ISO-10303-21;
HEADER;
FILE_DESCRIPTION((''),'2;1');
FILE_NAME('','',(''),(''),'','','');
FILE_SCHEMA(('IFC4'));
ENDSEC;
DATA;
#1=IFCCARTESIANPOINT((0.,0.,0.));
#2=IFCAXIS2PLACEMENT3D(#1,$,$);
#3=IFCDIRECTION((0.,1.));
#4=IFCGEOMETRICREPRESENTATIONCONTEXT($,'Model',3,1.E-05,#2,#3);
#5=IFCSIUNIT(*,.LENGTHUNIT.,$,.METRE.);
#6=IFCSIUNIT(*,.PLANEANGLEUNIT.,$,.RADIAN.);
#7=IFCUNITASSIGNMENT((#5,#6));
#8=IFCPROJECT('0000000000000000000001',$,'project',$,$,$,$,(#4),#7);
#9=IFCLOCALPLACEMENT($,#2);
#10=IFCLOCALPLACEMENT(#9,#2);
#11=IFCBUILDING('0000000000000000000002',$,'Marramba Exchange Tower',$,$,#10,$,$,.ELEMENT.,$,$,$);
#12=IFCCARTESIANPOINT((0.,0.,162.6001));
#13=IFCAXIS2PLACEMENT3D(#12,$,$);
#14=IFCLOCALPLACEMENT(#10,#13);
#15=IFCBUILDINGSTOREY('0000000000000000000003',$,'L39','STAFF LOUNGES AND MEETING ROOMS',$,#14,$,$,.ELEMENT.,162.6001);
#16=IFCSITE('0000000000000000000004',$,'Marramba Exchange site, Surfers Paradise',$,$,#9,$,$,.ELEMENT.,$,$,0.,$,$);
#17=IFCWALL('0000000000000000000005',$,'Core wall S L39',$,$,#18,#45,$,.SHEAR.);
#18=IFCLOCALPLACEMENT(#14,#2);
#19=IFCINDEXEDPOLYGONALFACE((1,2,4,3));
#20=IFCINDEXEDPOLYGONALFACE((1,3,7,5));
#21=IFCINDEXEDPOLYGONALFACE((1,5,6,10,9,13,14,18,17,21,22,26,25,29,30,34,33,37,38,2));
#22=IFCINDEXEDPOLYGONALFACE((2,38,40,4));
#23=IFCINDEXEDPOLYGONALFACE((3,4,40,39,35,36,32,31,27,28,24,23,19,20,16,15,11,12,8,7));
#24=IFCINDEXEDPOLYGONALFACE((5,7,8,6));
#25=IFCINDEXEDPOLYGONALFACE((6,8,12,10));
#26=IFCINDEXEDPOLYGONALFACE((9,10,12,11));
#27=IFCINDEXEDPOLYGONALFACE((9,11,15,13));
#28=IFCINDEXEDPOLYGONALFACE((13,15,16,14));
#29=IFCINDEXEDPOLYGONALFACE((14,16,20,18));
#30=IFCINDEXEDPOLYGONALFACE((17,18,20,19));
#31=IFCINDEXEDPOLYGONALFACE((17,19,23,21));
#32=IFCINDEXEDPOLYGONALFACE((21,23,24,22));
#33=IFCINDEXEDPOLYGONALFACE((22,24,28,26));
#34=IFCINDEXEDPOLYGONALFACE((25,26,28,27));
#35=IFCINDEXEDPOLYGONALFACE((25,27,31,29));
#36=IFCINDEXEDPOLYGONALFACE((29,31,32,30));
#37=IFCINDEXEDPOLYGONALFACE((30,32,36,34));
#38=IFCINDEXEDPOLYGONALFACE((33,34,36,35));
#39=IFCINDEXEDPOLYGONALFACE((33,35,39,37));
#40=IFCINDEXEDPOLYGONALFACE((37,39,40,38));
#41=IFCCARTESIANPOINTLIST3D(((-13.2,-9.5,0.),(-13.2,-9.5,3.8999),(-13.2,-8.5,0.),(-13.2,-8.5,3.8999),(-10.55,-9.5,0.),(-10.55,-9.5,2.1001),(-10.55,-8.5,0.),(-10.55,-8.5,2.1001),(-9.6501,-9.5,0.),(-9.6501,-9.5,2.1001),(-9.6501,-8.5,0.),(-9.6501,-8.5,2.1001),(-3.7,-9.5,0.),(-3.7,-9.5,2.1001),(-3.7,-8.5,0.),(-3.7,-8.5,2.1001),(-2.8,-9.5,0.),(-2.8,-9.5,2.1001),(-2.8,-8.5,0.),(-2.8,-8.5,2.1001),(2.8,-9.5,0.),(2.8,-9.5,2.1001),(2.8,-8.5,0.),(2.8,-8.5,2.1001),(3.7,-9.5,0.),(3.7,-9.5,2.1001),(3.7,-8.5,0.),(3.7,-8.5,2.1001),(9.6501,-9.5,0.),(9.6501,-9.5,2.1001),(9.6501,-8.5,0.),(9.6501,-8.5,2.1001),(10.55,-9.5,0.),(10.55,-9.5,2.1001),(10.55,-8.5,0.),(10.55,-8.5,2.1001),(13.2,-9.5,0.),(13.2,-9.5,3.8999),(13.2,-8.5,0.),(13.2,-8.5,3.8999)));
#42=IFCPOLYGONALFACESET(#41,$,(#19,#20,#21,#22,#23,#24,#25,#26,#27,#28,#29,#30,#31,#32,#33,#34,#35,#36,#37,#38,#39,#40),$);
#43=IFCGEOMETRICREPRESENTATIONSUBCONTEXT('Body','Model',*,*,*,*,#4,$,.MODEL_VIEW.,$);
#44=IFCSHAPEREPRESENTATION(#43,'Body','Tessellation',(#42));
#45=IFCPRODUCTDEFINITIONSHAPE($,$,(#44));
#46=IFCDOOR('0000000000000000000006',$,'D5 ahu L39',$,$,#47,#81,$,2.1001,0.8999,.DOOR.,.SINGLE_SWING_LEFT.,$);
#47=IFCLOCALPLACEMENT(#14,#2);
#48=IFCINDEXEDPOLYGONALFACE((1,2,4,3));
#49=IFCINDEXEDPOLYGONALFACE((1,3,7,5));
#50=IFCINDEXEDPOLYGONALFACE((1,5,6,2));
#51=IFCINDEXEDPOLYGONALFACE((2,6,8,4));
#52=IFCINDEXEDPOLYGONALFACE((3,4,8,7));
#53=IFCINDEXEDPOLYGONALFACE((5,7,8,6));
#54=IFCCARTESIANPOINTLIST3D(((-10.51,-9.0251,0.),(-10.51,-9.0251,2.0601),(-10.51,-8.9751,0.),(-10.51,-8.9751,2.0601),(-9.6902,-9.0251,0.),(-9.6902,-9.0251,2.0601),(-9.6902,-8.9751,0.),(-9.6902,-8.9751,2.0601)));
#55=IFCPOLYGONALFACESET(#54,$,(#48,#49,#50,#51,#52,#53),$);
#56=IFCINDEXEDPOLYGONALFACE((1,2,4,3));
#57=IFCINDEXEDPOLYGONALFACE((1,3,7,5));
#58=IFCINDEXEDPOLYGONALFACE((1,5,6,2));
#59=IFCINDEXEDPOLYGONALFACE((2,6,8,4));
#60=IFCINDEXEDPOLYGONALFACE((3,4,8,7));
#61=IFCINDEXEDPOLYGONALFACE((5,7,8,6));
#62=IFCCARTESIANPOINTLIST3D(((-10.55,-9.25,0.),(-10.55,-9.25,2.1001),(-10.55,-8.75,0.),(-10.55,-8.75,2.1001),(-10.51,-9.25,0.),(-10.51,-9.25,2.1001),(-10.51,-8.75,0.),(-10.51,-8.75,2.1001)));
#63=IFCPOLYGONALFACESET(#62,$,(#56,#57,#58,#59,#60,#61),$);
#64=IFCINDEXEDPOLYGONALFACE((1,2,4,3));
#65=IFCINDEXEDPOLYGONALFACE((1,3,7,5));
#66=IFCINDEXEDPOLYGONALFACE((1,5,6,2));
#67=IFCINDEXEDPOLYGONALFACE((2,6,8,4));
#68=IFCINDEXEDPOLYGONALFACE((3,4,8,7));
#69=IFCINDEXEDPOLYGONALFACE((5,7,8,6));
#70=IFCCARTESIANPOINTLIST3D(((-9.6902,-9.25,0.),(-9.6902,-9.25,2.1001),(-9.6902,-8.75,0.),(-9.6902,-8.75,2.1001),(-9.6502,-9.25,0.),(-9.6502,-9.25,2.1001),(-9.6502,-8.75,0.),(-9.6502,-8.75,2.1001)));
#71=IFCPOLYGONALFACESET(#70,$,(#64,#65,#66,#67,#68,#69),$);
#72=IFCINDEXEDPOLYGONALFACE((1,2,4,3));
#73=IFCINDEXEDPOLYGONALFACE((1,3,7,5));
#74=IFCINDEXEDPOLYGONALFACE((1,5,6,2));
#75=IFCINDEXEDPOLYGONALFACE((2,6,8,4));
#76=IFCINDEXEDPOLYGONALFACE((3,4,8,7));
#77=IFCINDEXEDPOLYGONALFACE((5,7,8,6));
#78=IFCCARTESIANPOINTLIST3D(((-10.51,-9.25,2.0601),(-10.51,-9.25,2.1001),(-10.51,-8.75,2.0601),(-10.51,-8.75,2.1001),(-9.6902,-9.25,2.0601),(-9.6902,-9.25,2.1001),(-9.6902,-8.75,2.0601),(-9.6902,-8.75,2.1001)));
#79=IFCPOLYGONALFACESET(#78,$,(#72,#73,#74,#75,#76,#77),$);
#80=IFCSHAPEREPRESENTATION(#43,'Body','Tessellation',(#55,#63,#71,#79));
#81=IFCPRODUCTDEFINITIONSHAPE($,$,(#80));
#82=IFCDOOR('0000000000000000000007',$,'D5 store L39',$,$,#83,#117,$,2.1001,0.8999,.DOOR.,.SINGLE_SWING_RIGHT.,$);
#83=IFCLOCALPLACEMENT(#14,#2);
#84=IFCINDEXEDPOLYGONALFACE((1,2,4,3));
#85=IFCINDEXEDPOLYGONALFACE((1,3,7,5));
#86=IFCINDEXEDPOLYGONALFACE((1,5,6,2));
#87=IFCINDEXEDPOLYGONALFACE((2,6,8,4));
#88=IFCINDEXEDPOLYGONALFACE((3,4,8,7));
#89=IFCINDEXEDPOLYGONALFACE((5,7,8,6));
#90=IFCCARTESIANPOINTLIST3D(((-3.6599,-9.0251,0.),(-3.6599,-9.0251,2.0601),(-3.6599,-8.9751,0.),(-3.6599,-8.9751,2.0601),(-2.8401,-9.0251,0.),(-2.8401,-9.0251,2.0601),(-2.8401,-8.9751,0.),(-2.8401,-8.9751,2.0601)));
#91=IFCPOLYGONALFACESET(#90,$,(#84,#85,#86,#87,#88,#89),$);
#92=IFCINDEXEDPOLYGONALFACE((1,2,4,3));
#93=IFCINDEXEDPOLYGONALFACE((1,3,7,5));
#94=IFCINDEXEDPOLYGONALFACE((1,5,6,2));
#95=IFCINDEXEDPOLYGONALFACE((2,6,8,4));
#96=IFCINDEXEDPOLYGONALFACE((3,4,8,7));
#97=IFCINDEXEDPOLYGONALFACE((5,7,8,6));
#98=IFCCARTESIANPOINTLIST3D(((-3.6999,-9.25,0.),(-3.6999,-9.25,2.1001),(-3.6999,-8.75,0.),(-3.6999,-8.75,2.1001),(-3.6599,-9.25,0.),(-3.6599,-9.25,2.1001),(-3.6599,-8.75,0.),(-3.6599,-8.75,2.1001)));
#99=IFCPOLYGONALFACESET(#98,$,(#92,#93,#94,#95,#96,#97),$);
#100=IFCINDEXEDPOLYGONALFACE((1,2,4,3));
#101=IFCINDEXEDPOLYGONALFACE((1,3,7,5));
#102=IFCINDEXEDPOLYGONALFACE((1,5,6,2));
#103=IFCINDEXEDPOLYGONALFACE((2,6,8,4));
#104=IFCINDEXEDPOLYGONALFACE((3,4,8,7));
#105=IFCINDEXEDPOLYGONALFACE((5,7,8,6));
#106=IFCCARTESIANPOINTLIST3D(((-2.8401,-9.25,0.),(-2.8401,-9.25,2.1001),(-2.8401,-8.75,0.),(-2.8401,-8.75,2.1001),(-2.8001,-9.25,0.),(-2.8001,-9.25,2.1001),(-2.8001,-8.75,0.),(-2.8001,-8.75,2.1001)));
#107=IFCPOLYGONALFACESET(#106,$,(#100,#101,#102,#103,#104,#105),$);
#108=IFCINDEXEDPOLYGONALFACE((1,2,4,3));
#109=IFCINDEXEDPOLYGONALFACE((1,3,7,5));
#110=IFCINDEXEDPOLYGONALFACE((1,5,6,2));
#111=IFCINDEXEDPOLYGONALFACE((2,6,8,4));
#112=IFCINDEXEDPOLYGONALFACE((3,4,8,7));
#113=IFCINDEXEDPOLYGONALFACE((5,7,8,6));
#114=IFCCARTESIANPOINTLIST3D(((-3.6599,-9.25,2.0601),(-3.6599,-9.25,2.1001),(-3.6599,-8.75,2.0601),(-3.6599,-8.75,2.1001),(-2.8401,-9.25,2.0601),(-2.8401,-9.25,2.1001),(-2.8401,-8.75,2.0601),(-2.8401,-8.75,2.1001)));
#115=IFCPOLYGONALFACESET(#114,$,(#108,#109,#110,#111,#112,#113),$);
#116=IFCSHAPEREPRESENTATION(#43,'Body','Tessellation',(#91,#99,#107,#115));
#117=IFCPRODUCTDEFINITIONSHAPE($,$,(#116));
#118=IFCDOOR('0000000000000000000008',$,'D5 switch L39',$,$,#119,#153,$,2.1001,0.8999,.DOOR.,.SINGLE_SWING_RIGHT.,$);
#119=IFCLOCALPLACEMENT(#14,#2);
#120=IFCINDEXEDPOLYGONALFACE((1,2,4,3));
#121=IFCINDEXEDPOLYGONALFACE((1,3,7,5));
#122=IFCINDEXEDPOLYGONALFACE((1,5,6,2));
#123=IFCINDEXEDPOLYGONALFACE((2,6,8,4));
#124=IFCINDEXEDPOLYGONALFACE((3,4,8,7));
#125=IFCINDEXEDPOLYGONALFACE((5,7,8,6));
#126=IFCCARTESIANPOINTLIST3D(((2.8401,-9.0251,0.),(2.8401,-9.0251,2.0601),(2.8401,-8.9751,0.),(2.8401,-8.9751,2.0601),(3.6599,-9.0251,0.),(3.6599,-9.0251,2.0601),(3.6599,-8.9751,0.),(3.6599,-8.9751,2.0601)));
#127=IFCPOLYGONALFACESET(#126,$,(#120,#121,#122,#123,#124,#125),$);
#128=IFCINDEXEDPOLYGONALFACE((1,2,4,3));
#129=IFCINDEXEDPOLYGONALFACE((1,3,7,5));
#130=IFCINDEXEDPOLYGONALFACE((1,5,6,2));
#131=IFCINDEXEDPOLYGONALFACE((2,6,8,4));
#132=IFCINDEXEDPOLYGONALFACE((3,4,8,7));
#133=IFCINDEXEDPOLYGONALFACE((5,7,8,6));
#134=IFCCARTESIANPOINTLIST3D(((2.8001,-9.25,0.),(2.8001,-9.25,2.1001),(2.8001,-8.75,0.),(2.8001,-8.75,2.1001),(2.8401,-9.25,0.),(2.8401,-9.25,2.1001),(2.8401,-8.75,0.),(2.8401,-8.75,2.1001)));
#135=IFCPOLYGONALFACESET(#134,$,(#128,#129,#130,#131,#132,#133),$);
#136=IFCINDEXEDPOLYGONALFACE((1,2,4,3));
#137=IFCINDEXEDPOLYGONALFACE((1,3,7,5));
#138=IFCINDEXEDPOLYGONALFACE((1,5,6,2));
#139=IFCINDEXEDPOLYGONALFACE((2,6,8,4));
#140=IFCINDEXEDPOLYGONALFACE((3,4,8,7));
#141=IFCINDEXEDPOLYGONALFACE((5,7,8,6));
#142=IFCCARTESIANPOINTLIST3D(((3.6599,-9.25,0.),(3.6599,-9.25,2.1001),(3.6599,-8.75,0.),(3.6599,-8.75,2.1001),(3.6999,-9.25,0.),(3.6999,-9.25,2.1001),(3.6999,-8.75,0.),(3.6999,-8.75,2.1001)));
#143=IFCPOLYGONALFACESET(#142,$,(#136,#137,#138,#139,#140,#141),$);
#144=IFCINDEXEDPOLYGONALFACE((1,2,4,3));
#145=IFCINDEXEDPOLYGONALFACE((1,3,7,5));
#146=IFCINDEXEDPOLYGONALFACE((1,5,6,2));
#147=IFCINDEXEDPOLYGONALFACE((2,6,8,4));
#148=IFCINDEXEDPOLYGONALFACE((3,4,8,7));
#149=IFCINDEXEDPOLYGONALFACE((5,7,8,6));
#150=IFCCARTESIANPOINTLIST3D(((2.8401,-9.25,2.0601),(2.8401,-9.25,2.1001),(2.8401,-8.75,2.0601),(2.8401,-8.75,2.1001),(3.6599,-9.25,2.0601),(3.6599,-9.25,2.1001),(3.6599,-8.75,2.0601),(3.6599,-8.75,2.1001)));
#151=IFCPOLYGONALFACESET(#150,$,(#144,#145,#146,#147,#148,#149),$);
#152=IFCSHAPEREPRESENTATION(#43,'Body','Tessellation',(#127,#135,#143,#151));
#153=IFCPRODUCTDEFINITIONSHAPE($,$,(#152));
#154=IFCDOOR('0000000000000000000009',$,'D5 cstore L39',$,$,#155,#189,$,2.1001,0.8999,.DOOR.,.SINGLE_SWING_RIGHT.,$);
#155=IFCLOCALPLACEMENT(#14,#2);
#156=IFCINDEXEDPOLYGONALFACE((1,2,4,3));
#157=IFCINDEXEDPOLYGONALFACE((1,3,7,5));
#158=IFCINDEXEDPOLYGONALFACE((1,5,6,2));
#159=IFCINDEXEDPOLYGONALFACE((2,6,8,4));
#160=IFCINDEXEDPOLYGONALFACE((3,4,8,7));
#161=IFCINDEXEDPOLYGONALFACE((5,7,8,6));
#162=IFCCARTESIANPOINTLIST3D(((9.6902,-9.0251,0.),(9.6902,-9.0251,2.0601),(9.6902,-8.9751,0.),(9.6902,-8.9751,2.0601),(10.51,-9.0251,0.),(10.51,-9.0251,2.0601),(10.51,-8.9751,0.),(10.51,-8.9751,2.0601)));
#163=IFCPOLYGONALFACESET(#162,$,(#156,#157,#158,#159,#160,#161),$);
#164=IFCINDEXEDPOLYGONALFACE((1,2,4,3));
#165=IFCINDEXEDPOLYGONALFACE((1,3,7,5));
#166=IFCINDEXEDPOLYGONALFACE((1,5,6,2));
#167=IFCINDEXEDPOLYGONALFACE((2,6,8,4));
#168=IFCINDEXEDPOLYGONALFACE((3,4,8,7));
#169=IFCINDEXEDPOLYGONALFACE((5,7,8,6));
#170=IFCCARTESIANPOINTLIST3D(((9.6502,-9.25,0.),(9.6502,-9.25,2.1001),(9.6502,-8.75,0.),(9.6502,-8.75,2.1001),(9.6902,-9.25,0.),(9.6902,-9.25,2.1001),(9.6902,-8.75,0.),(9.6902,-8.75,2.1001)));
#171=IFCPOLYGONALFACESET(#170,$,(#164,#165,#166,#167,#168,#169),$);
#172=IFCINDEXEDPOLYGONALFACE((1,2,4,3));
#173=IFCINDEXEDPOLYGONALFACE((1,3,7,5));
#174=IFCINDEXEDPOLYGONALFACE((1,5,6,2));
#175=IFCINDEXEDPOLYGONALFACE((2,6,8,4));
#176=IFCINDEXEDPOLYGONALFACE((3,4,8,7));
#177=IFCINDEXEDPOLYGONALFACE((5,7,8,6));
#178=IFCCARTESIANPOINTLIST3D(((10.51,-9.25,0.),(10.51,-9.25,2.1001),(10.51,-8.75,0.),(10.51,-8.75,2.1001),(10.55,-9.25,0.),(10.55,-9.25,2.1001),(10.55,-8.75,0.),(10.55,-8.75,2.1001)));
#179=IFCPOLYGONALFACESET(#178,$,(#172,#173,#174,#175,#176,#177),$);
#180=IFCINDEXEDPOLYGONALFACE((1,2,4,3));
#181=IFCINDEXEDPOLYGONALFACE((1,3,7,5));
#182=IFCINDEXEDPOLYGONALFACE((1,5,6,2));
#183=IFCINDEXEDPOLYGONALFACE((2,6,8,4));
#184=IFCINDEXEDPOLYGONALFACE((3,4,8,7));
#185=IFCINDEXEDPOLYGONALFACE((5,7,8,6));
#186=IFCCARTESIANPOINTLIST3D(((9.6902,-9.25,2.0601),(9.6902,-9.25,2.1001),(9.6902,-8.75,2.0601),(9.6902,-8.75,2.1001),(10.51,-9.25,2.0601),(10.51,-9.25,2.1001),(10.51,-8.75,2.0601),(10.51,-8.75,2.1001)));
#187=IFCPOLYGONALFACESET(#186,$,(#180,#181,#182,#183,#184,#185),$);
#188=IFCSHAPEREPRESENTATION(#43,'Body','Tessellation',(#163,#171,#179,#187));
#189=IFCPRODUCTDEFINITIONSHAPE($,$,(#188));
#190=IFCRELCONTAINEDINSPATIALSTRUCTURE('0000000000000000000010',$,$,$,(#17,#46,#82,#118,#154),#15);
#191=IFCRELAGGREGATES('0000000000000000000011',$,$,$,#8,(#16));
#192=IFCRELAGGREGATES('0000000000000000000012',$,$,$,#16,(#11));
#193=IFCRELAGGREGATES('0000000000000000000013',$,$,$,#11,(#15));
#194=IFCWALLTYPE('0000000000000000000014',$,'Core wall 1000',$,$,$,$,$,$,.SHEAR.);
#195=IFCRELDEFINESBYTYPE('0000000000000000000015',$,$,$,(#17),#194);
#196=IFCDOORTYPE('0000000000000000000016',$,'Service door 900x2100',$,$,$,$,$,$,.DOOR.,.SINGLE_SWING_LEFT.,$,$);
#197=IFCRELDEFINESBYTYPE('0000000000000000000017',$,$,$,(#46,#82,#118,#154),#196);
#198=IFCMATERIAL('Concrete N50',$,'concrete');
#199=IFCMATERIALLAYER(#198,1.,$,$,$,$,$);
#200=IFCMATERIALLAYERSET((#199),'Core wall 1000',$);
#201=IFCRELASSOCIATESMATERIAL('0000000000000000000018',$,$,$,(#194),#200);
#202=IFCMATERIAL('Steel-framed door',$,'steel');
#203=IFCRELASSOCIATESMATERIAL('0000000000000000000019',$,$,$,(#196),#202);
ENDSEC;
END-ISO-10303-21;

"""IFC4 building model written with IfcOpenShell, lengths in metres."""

from ifc_helpers import new_model, si_unit, direction, frame, frame_2d, origin, place, context, subcontext, project, spatial, rectangle, extrude, material, layer, layer_set, type_object, element, fill, save


model = new_model("IFC4")

# Units and contexts
model_context = context("Model", 3, precision=1e-05, world=origin(), true_north=direction((0.0, 1.0)))
body_context = subcontext(model_context, "Body", "Model", "MODEL_VIEW")
ifc_project = project(units=[si_unit("LENGTHUNIT", "METRE"), si_unit("PLANEANGLEUNIT", "RADIAN")], contexts=[model_context])

# Site, building, storey
site_placement = place(None, origin())
site = spatial("IfcSite", under=ifc_project, at=site_placement, Name="Marramba Exchange site, Surfers Paradise", CompositionType="ELEMENT", RefElevation=0.0)
building_placement = place(site_placement, origin())
building = spatial("IfcBuilding", under=site, at=building_placement, Name="Marramba Exchange Tower", CompositionType="ELEMENT")
storey_placement = place(building_placement, frame((0.0, 0.0, 162.6001)))
storey = spatial("IfcBuildingStorey", under=building, at=storey_placement, Name="L39", Description="STAFF LOUNGES AND MEETING ROOMS", CompositionType="ELEMENT", Elevation=162.6001)

# Wall, openings, doors
ifc_material_1 = material(Name="Concrete N50", Category="concrete")
ifc_layer_1 = layer(ifc_material_1, 1.0)
ifc_layer_set_1 = layer_set([ifc_layer_1], Name="Core wall 1000")
wall_type_1 = type_object("IfcWallType", Name="Core wall 1000", PredefinedType="SHEAR", material=ifc_layer_set_1)
wall_1_placement = place(storey_placement, frame((-13.2, -9.0, 0.0), z_axis=(0.0, 0.0, 1.0), x_axis=(1.0, 0.0, 0.0)))
wall_1 = element("IfcWall", 1, at=wall_1_placement, inside=storey, type_object=wall_type_1, Name="Core wall S L39", PredefinedType="SHEAR", context=body_context, shape_type="SweptSolid", body=[
    extrude(rectangle(XDim=26.3999, YDim=1.0, at=frame_2d((13.2, 0.0))), origin(), (0.0, 0.0, 1.0), 3.8999),
])
opening_1_placement = place(wall_1_placement, frame((2.6499, 0.0, 0.0)))
opening_1 = element("IfcOpeningElement", 2, at=opening_1_placement, cuts=wall_1, PredefinedType="OPENING", context=body_context, shape_type="SweptSolid", body=[
    extrude(rectangle(XDim=0.8999, YDim=2.1001, at=frame_2d((0.45, 1.05))), frame((0.0, 0.51, 0.0), z_axis=(0.0, -1.0, 0.0), x_axis=(1.0, 0.0, 0.0)), (0.0, 0.0, 1.0), 1.02),
])
opening_2_placement = place(wall_1_placement, frame((9.5, 0.0, 0.0)))
opening_2 = element("IfcOpeningElement", 3, at=opening_2_placement, cuts=wall_1, PredefinedType="OPENING", context=body_context, shape_type="SweptSolid", body=[
    extrude(rectangle(XDim=0.8999, YDim=2.1001, at=frame_2d((0.45, 1.05))), frame((0.0, 0.51, 0.0), z_axis=(0.0, -1.0, 0.0), x_axis=(1.0, 0.0, 0.0)), (0.0, 0.0, 1.0), 1.02),
])
opening_3_placement = place(wall_1_placement, frame((16.0, 0.0, 0.0)))
opening_3 = element("IfcOpeningElement", 4, at=opening_3_placement, cuts=wall_1, PredefinedType="OPENING", context=body_context, shape_type="SweptSolid", body=[
    extrude(rectangle(XDim=0.8999, YDim=2.1001, at=frame_2d((0.45, 1.05))), frame((0.0, 0.51, 0.0), z_axis=(0.0, -1.0, 0.0), x_axis=(1.0, 0.0, 0.0)), (0.0, 0.0, 1.0), 1.02),
])
opening_4_placement = place(wall_1_placement, frame((22.8501, 0.0, 0.0)))
opening_4 = element("IfcOpeningElement", 5, at=opening_4_placement, cuts=wall_1, PredefinedType="OPENING", context=body_context, shape_type="SweptSolid", body=[
    extrude(rectangle(XDim=0.8999, YDim=2.1001, at=frame_2d((0.45, 1.05))), frame((0.0, 0.51, 0.0), z_axis=(0.0, -1.0, 0.0), x_axis=(1.0, 0.0, 0.0)), (0.0, 0.0, 1.0), 1.02),
])
ifc_material_2 = material(Name="Steel-framed door", Category="steel")
door_type_1 = type_object("IfcDoorType", Name="Service door 900x2100", OperationType="SINGLE_SWING_LEFT", PredefinedType="DOOR", material=ifc_material_2)
door_1_placement = place(opening_1_placement, origin())
door_1 = element("IfcDoor", 6, at=door_1_placement, inside=storey, type_object=door_type_1, Name="D5 ahu L39", OperationType="SINGLE_SWING_LEFT", OverallHeight=2.1001, OverallWidth=0.8999, PredefinedType="DOOR", context=body_context, shape_type="SweptSolid", body=[
    extrude(rectangle(XDim=0.8198, YDim=2.0601, at=frame_2d((0.45, 1.03))), frame((0.0, 0.0249, 0.0), z_axis=(0.0, -1.0, 0.0), x_axis=(1.0, 0.0, 0.0)), (0.0, 0.0, 1.0), 0.05),
    extrude(rectangle(XDim=0.04, YDim=2.1001, at=frame_2d((0.02, 1.05))), frame((0.0, 0.25, 0.0), z_axis=(0.0, -1.0, 0.0), x_axis=(1.0, 0.0, 0.0)), (0.0, 0.0, 1.0), 0.5),
    extrude(rectangle(XDim=0.04, YDim=2.1001, at=frame_2d((0.8799, 1.05))), frame((0.0, 0.25, 0.0), z_axis=(0.0, -1.0, 0.0), x_axis=(1.0, 0.0, 0.0)), (0.0, 0.0, 1.0), 0.5),
    extrude(rectangle(XDim=0.8198, YDim=0.04, at=frame_2d((0.45, 2.0801))), frame((0.0, 0.25, 0.0), z_axis=(0.0, -1.0, 0.0), x_axis=(1.0, 0.0, 0.0)), (0.0, 0.0, 1.0), 0.5),
])
fill(opening_1, door_1)
door_2_placement = place(opening_2_placement, origin())
door_2 = element("IfcDoor", 7, at=door_2_placement, inside=storey, type_object=door_type_1, Name="D5 store L39", OperationType="SINGLE_SWING_RIGHT", OverallHeight=2.1001, OverallWidth=0.8999, PredefinedType="DOOR", context=body_context, shape_type="SweptSolid", body=[
    extrude(rectangle(XDim=0.8198, YDim=2.0601, at=frame_2d((0.45, 1.03))), frame((0.0, 0.0249, 0.0), z_axis=(0.0, -1.0, 0.0), x_axis=(1.0, 0.0, 0.0)), (0.0, 0.0, 1.0), 0.05),
    extrude(rectangle(XDim=0.04, YDim=2.1001, at=frame_2d((0.02, 1.05))), frame((0.0, 0.25, 0.0), z_axis=(0.0, -1.0, 0.0), x_axis=(1.0, 0.0, 0.0)), (0.0, 0.0, 1.0), 0.5),
    extrude(rectangle(XDim=0.04, YDim=2.1001, at=frame_2d((0.8799, 1.05))), frame((0.0, 0.25, 0.0), z_axis=(0.0, -1.0, 0.0), x_axis=(1.0, 0.0, 0.0)), (0.0, 0.0, 1.0), 0.5),
    extrude(rectangle(XDim=0.8198, YDim=0.04, at=frame_2d((0.45, 2.0801))), frame((0.0, 0.25, 0.0), z_axis=(0.0, -1.0, 0.0), x_axis=(1.0, 0.0, 0.0)), (0.0, 0.0, 1.0), 0.5),
])
fill(opening_2, door_2)
door_3_placement = place(opening_3_placement, origin())
door_3 = element("IfcDoor", 8, at=door_3_placement, inside=storey, type_object=door_type_1, Name="D5 switch L39", OperationType="SINGLE_SWING_RIGHT", OverallHeight=2.1001, OverallWidth=0.8999, PredefinedType="DOOR", context=body_context, shape_type="SweptSolid", body=[
    extrude(rectangle(XDim=0.8198, YDim=2.0601, at=frame_2d((0.45, 1.03))), frame((0.0, 0.0249, 0.0), z_axis=(0.0, -1.0, 0.0), x_axis=(1.0, 0.0, 0.0)), (0.0, 0.0, 1.0), 0.05),
    extrude(rectangle(XDim=0.04, YDim=2.1001, at=frame_2d((0.02, 1.05))), frame((0.0, 0.25, 0.0), z_axis=(0.0, -1.0, 0.0), x_axis=(1.0, 0.0, 0.0)), (0.0, 0.0, 1.0), 0.5),
    extrude(rectangle(XDim=0.04, YDim=2.1001, at=frame_2d((0.8799, 1.05))), frame((0.0, 0.25, 0.0), z_axis=(0.0, -1.0, 0.0), x_axis=(1.0, 0.0, 0.0)), (0.0, 0.0, 1.0), 0.5),
    extrude(rectangle(XDim=0.8198, YDim=0.04, at=frame_2d((0.45, 2.0801))), frame((0.0, 0.25, 0.0), z_axis=(0.0, -1.0, 0.0), x_axis=(1.0, 0.0, 0.0)), (0.0, 0.0, 1.0), 0.5),
])
fill(opening_3, door_3)
door_4_placement = place(opening_4_placement, origin())
door_4 = element("IfcDoor", 9, at=door_4_placement, inside=storey, type_object=door_type_1, Name="D5 cstore L39", OperationType="SINGLE_SWING_RIGHT", OverallHeight=2.1001, OverallWidth=0.8999, PredefinedType="DOOR", context=body_context, shape_type="SweptSolid", body=[
    extrude(rectangle(XDim=0.8198, YDim=2.0601, at=frame_2d((0.45, 1.03))), frame((0.0, 0.0249, 0.0), z_axis=(0.0, -1.0, 0.0), x_axis=(1.0, 0.0, 0.0)), (0.0, 0.0, 1.0), 0.05),
    extrude(rectangle(XDim=0.04, YDim=2.1001, at=frame_2d((0.02, 1.05))), frame((0.0, 0.25, 0.0), z_axis=(0.0, -1.0, 0.0), x_axis=(1.0, 0.0, 0.0)), (0.0, 0.0, 1.0), 0.5),
    extrude(rectangle(XDim=0.04, YDim=2.1001, at=frame_2d((0.8799, 1.05))), frame((0.0, 0.25, 0.0), z_axis=(0.0, -1.0, 0.0), x_axis=(1.0, 0.0, 0.0)), (0.0, 0.0, 1.0), 0.5),
    extrude(rectangle(XDim=0.8198, YDim=0.04, at=frame_2d((0.45, 2.0801))), frame((0.0, 0.25, 0.0), z_axis=(0.0, -1.0, 0.0), x_axis=(1.0, 0.0, 0.0)), (0.0, 0.0, 1.0), 0.5),
])
fill(opening_4, door_4)

save(model, "model.ifc")
